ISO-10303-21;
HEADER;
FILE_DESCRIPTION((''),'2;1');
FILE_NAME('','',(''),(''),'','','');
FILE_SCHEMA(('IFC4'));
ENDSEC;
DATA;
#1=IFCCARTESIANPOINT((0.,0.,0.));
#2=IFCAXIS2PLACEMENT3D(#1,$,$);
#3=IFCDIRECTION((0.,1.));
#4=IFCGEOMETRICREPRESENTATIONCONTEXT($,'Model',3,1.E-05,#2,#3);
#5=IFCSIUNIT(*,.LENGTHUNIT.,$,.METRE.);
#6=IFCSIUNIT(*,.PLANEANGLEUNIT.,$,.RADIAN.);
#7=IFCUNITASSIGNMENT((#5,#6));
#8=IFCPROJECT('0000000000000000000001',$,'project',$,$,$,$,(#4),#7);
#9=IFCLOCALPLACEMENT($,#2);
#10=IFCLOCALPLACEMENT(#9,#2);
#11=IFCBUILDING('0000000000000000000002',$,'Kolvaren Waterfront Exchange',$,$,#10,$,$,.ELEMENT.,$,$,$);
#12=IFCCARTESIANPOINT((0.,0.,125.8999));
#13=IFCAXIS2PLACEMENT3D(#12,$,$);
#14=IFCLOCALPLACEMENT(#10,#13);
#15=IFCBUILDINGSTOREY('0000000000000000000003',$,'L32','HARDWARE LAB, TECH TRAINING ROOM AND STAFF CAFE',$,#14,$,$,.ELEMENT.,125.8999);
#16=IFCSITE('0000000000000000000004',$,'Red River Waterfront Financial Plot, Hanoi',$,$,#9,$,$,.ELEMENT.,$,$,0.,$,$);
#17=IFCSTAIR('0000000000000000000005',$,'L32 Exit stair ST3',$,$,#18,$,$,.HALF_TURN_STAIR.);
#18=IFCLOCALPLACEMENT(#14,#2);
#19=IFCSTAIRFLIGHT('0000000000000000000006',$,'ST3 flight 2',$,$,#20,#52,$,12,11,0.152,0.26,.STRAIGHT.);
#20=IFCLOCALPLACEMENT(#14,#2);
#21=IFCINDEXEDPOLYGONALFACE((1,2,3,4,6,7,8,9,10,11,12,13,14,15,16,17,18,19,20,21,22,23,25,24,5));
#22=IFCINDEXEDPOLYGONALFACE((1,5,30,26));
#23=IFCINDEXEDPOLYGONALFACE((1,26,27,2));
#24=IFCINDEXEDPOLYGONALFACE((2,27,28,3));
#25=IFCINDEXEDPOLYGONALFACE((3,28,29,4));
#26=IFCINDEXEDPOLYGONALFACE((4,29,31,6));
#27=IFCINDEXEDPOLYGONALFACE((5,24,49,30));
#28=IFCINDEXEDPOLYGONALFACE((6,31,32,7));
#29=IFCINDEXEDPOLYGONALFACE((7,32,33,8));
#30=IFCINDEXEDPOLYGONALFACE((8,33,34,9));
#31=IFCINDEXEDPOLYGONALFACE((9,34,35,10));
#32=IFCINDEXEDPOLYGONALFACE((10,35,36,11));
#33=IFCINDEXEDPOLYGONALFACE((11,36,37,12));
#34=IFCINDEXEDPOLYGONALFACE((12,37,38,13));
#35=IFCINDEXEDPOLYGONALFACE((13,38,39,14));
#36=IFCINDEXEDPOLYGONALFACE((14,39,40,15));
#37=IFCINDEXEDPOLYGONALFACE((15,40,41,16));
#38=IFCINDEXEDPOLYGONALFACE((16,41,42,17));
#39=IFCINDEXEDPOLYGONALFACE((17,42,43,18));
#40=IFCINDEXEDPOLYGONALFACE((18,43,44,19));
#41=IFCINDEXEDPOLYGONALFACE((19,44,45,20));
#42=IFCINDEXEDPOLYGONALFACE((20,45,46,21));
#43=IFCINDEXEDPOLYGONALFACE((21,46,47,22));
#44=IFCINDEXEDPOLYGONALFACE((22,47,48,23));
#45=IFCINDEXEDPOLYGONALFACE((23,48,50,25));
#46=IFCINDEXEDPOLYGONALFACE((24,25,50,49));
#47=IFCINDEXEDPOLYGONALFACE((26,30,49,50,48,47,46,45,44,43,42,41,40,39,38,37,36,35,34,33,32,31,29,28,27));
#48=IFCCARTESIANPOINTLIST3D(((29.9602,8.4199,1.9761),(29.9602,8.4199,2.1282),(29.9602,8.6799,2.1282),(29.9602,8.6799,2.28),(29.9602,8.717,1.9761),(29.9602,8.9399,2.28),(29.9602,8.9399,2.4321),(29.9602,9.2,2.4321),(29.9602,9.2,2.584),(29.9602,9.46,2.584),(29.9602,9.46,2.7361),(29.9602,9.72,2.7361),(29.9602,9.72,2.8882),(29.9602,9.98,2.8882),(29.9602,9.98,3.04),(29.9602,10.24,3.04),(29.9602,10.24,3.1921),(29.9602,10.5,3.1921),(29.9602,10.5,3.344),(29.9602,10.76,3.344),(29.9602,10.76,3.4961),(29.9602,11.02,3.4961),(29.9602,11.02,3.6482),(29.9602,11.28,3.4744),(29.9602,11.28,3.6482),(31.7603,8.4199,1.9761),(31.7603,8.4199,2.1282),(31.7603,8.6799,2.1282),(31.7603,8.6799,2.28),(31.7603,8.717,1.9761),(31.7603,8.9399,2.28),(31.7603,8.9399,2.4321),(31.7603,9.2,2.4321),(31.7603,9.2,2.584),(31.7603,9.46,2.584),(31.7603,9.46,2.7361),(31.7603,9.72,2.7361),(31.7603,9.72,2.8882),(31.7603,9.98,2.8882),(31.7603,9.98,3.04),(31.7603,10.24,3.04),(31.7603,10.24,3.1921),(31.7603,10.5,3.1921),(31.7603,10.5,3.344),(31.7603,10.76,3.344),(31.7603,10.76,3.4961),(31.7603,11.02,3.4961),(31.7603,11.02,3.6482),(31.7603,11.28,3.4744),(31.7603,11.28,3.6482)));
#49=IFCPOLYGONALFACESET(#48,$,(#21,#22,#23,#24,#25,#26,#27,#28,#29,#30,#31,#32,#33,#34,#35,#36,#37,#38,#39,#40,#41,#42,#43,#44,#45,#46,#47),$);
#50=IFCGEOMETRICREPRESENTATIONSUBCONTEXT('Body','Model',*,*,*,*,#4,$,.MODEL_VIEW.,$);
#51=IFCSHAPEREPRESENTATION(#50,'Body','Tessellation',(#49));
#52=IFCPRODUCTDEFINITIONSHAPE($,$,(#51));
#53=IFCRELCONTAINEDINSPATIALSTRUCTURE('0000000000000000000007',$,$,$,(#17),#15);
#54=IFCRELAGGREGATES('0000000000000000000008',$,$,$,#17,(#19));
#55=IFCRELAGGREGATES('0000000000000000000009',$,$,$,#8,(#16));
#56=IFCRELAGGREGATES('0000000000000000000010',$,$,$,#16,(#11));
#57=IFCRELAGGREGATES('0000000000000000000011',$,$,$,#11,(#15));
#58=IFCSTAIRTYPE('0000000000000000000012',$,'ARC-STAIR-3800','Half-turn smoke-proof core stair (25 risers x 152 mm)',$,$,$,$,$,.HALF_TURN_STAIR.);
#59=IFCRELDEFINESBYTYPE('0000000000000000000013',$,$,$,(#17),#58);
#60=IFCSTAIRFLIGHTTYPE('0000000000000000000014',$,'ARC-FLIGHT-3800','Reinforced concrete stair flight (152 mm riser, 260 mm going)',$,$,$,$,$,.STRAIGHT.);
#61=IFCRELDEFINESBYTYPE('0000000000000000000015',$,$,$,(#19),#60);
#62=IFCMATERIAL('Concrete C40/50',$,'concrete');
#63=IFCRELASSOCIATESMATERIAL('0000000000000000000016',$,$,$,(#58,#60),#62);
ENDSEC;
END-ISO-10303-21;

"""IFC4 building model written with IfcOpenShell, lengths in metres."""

from ifc_helpers import new_model, si_unit, direction, frame, origin, place, context, subcontext, project, spatial, polyline, outline, extrude, material, type_object, element, aggregate, save


model = new_model("IFC4")

# Units and contexts
model_context = context("Model", 3, precision=1e-05, world=origin(), true_north=direction((0.0, 1.0)))
body_context = subcontext(model_context, "Body", "Model", "MODEL_VIEW")
ifc_project = project(units=[si_unit("LENGTHUNIT", "METRE"), si_unit("PLANEANGLEUNIT", "RADIAN")], contexts=[model_context])

# Site, building, storey
site_placement = place(None, origin())
site = spatial("IfcSite", under=ifc_project, at=site_placement, Name="Red River Waterfront Financial Plot, Hanoi", CompositionType="ELEMENT", RefElevation=0.0)
building_placement = place(site_placement, origin())
building = spatial("IfcBuilding", under=site, at=building_placement, Name="Kolvaren Waterfront Exchange", CompositionType="ELEMENT")
storey_placement = place(building_placement, frame((0.0, 0.0, 125.8999)))
storey = spatial("IfcBuildingStorey", under=building, at=storey_placement, Name="L32", Description="HARDWARE LAB, TECH TRAINING ROOM AND STAFF CAFE", CompositionType="ELEMENT", Elevation=125.8999)

# Shared definitions
ifc_material_1 = material(Name="Concrete C40/50", Category="concrete")

# Stair, stair flight
stair_type = type_object("IfcStairType", Name="ARC-STAIR-3800", Description="Half-turn smoke-proof core stair (25 risers x 152 mm)", PredefinedType="HALF_TURN_STAIR", material=ifc_material_1)
stair_placement = place(storey_placement, origin())
stair = element("IfcStair", 1, at=stair_placement, inside=storey, type_object=stair_type, Name="L32 Exit stair ST3", PredefinedType="HALF_TURN_STAIR")
stair_flight_type = type_object("IfcStairFlightType", Name="ARC-FLIGHT-3800", Description="Reinforced concrete stair flight (152 mm riser, 260 mm going)", PredefinedType="STRAIGHT", material=ifc_material_1)
stair_flight_placement = place(storey_placement, frame((30.8601, 8.4199, 1.9761), z_axis=(0.0, 0.0, 1.0), x_axis=(0.0, 1.0, 0.0)))
stair_flight = element("IfcStairFlight", 2, at=stair_flight_placement, type_object=stair_flight_type, Name="ST3 flight 2", NumberOfRisers=12, NumberOfTreads=11, PredefinedType="STRAIGHT", RiserHeight=0.152, TreadLength=0.26, context=body_context, shape_type="SweptSolid", body=[
    extrude(outline(polyline([(0.0, 0.0), (0.0, 0.1521), (0.26, 0.1521), (0.26, 0.304), (0.52, 0.304), (0.52, 0.4561), (0.78, 0.4561), (0.78, 0.6079), (1.04, 0.6079), (1.04, 0.76), (1.3, 0.76), (1.3, 0.9121), (1.5601, 0.9121), (1.5601, 1.064), (1.8201, 1.064), (1.8201, 1.2161), (2.0801, 1.2161), (2.0801, 1.3679), (2.3401, 1.3679), (2.3401, 1.52), (2.6001, 1.52), (2.6001, 1.6721), (2.8601, 1.6721), (2.8601, 1.824), (2.8601, 1.4983), (0.2971, 0.0), (0.0, 0.0)])), frame((0.0, 0.8999, 0.0), z_axis=(0.0, -1.0, 0.0), x_axis=(1.0, 0.0, 0.0)), (0.0, 0.0, 1.0), 1.8),
])
aggregate(stair, [stair_flight])

save(model, "model.ifc")
